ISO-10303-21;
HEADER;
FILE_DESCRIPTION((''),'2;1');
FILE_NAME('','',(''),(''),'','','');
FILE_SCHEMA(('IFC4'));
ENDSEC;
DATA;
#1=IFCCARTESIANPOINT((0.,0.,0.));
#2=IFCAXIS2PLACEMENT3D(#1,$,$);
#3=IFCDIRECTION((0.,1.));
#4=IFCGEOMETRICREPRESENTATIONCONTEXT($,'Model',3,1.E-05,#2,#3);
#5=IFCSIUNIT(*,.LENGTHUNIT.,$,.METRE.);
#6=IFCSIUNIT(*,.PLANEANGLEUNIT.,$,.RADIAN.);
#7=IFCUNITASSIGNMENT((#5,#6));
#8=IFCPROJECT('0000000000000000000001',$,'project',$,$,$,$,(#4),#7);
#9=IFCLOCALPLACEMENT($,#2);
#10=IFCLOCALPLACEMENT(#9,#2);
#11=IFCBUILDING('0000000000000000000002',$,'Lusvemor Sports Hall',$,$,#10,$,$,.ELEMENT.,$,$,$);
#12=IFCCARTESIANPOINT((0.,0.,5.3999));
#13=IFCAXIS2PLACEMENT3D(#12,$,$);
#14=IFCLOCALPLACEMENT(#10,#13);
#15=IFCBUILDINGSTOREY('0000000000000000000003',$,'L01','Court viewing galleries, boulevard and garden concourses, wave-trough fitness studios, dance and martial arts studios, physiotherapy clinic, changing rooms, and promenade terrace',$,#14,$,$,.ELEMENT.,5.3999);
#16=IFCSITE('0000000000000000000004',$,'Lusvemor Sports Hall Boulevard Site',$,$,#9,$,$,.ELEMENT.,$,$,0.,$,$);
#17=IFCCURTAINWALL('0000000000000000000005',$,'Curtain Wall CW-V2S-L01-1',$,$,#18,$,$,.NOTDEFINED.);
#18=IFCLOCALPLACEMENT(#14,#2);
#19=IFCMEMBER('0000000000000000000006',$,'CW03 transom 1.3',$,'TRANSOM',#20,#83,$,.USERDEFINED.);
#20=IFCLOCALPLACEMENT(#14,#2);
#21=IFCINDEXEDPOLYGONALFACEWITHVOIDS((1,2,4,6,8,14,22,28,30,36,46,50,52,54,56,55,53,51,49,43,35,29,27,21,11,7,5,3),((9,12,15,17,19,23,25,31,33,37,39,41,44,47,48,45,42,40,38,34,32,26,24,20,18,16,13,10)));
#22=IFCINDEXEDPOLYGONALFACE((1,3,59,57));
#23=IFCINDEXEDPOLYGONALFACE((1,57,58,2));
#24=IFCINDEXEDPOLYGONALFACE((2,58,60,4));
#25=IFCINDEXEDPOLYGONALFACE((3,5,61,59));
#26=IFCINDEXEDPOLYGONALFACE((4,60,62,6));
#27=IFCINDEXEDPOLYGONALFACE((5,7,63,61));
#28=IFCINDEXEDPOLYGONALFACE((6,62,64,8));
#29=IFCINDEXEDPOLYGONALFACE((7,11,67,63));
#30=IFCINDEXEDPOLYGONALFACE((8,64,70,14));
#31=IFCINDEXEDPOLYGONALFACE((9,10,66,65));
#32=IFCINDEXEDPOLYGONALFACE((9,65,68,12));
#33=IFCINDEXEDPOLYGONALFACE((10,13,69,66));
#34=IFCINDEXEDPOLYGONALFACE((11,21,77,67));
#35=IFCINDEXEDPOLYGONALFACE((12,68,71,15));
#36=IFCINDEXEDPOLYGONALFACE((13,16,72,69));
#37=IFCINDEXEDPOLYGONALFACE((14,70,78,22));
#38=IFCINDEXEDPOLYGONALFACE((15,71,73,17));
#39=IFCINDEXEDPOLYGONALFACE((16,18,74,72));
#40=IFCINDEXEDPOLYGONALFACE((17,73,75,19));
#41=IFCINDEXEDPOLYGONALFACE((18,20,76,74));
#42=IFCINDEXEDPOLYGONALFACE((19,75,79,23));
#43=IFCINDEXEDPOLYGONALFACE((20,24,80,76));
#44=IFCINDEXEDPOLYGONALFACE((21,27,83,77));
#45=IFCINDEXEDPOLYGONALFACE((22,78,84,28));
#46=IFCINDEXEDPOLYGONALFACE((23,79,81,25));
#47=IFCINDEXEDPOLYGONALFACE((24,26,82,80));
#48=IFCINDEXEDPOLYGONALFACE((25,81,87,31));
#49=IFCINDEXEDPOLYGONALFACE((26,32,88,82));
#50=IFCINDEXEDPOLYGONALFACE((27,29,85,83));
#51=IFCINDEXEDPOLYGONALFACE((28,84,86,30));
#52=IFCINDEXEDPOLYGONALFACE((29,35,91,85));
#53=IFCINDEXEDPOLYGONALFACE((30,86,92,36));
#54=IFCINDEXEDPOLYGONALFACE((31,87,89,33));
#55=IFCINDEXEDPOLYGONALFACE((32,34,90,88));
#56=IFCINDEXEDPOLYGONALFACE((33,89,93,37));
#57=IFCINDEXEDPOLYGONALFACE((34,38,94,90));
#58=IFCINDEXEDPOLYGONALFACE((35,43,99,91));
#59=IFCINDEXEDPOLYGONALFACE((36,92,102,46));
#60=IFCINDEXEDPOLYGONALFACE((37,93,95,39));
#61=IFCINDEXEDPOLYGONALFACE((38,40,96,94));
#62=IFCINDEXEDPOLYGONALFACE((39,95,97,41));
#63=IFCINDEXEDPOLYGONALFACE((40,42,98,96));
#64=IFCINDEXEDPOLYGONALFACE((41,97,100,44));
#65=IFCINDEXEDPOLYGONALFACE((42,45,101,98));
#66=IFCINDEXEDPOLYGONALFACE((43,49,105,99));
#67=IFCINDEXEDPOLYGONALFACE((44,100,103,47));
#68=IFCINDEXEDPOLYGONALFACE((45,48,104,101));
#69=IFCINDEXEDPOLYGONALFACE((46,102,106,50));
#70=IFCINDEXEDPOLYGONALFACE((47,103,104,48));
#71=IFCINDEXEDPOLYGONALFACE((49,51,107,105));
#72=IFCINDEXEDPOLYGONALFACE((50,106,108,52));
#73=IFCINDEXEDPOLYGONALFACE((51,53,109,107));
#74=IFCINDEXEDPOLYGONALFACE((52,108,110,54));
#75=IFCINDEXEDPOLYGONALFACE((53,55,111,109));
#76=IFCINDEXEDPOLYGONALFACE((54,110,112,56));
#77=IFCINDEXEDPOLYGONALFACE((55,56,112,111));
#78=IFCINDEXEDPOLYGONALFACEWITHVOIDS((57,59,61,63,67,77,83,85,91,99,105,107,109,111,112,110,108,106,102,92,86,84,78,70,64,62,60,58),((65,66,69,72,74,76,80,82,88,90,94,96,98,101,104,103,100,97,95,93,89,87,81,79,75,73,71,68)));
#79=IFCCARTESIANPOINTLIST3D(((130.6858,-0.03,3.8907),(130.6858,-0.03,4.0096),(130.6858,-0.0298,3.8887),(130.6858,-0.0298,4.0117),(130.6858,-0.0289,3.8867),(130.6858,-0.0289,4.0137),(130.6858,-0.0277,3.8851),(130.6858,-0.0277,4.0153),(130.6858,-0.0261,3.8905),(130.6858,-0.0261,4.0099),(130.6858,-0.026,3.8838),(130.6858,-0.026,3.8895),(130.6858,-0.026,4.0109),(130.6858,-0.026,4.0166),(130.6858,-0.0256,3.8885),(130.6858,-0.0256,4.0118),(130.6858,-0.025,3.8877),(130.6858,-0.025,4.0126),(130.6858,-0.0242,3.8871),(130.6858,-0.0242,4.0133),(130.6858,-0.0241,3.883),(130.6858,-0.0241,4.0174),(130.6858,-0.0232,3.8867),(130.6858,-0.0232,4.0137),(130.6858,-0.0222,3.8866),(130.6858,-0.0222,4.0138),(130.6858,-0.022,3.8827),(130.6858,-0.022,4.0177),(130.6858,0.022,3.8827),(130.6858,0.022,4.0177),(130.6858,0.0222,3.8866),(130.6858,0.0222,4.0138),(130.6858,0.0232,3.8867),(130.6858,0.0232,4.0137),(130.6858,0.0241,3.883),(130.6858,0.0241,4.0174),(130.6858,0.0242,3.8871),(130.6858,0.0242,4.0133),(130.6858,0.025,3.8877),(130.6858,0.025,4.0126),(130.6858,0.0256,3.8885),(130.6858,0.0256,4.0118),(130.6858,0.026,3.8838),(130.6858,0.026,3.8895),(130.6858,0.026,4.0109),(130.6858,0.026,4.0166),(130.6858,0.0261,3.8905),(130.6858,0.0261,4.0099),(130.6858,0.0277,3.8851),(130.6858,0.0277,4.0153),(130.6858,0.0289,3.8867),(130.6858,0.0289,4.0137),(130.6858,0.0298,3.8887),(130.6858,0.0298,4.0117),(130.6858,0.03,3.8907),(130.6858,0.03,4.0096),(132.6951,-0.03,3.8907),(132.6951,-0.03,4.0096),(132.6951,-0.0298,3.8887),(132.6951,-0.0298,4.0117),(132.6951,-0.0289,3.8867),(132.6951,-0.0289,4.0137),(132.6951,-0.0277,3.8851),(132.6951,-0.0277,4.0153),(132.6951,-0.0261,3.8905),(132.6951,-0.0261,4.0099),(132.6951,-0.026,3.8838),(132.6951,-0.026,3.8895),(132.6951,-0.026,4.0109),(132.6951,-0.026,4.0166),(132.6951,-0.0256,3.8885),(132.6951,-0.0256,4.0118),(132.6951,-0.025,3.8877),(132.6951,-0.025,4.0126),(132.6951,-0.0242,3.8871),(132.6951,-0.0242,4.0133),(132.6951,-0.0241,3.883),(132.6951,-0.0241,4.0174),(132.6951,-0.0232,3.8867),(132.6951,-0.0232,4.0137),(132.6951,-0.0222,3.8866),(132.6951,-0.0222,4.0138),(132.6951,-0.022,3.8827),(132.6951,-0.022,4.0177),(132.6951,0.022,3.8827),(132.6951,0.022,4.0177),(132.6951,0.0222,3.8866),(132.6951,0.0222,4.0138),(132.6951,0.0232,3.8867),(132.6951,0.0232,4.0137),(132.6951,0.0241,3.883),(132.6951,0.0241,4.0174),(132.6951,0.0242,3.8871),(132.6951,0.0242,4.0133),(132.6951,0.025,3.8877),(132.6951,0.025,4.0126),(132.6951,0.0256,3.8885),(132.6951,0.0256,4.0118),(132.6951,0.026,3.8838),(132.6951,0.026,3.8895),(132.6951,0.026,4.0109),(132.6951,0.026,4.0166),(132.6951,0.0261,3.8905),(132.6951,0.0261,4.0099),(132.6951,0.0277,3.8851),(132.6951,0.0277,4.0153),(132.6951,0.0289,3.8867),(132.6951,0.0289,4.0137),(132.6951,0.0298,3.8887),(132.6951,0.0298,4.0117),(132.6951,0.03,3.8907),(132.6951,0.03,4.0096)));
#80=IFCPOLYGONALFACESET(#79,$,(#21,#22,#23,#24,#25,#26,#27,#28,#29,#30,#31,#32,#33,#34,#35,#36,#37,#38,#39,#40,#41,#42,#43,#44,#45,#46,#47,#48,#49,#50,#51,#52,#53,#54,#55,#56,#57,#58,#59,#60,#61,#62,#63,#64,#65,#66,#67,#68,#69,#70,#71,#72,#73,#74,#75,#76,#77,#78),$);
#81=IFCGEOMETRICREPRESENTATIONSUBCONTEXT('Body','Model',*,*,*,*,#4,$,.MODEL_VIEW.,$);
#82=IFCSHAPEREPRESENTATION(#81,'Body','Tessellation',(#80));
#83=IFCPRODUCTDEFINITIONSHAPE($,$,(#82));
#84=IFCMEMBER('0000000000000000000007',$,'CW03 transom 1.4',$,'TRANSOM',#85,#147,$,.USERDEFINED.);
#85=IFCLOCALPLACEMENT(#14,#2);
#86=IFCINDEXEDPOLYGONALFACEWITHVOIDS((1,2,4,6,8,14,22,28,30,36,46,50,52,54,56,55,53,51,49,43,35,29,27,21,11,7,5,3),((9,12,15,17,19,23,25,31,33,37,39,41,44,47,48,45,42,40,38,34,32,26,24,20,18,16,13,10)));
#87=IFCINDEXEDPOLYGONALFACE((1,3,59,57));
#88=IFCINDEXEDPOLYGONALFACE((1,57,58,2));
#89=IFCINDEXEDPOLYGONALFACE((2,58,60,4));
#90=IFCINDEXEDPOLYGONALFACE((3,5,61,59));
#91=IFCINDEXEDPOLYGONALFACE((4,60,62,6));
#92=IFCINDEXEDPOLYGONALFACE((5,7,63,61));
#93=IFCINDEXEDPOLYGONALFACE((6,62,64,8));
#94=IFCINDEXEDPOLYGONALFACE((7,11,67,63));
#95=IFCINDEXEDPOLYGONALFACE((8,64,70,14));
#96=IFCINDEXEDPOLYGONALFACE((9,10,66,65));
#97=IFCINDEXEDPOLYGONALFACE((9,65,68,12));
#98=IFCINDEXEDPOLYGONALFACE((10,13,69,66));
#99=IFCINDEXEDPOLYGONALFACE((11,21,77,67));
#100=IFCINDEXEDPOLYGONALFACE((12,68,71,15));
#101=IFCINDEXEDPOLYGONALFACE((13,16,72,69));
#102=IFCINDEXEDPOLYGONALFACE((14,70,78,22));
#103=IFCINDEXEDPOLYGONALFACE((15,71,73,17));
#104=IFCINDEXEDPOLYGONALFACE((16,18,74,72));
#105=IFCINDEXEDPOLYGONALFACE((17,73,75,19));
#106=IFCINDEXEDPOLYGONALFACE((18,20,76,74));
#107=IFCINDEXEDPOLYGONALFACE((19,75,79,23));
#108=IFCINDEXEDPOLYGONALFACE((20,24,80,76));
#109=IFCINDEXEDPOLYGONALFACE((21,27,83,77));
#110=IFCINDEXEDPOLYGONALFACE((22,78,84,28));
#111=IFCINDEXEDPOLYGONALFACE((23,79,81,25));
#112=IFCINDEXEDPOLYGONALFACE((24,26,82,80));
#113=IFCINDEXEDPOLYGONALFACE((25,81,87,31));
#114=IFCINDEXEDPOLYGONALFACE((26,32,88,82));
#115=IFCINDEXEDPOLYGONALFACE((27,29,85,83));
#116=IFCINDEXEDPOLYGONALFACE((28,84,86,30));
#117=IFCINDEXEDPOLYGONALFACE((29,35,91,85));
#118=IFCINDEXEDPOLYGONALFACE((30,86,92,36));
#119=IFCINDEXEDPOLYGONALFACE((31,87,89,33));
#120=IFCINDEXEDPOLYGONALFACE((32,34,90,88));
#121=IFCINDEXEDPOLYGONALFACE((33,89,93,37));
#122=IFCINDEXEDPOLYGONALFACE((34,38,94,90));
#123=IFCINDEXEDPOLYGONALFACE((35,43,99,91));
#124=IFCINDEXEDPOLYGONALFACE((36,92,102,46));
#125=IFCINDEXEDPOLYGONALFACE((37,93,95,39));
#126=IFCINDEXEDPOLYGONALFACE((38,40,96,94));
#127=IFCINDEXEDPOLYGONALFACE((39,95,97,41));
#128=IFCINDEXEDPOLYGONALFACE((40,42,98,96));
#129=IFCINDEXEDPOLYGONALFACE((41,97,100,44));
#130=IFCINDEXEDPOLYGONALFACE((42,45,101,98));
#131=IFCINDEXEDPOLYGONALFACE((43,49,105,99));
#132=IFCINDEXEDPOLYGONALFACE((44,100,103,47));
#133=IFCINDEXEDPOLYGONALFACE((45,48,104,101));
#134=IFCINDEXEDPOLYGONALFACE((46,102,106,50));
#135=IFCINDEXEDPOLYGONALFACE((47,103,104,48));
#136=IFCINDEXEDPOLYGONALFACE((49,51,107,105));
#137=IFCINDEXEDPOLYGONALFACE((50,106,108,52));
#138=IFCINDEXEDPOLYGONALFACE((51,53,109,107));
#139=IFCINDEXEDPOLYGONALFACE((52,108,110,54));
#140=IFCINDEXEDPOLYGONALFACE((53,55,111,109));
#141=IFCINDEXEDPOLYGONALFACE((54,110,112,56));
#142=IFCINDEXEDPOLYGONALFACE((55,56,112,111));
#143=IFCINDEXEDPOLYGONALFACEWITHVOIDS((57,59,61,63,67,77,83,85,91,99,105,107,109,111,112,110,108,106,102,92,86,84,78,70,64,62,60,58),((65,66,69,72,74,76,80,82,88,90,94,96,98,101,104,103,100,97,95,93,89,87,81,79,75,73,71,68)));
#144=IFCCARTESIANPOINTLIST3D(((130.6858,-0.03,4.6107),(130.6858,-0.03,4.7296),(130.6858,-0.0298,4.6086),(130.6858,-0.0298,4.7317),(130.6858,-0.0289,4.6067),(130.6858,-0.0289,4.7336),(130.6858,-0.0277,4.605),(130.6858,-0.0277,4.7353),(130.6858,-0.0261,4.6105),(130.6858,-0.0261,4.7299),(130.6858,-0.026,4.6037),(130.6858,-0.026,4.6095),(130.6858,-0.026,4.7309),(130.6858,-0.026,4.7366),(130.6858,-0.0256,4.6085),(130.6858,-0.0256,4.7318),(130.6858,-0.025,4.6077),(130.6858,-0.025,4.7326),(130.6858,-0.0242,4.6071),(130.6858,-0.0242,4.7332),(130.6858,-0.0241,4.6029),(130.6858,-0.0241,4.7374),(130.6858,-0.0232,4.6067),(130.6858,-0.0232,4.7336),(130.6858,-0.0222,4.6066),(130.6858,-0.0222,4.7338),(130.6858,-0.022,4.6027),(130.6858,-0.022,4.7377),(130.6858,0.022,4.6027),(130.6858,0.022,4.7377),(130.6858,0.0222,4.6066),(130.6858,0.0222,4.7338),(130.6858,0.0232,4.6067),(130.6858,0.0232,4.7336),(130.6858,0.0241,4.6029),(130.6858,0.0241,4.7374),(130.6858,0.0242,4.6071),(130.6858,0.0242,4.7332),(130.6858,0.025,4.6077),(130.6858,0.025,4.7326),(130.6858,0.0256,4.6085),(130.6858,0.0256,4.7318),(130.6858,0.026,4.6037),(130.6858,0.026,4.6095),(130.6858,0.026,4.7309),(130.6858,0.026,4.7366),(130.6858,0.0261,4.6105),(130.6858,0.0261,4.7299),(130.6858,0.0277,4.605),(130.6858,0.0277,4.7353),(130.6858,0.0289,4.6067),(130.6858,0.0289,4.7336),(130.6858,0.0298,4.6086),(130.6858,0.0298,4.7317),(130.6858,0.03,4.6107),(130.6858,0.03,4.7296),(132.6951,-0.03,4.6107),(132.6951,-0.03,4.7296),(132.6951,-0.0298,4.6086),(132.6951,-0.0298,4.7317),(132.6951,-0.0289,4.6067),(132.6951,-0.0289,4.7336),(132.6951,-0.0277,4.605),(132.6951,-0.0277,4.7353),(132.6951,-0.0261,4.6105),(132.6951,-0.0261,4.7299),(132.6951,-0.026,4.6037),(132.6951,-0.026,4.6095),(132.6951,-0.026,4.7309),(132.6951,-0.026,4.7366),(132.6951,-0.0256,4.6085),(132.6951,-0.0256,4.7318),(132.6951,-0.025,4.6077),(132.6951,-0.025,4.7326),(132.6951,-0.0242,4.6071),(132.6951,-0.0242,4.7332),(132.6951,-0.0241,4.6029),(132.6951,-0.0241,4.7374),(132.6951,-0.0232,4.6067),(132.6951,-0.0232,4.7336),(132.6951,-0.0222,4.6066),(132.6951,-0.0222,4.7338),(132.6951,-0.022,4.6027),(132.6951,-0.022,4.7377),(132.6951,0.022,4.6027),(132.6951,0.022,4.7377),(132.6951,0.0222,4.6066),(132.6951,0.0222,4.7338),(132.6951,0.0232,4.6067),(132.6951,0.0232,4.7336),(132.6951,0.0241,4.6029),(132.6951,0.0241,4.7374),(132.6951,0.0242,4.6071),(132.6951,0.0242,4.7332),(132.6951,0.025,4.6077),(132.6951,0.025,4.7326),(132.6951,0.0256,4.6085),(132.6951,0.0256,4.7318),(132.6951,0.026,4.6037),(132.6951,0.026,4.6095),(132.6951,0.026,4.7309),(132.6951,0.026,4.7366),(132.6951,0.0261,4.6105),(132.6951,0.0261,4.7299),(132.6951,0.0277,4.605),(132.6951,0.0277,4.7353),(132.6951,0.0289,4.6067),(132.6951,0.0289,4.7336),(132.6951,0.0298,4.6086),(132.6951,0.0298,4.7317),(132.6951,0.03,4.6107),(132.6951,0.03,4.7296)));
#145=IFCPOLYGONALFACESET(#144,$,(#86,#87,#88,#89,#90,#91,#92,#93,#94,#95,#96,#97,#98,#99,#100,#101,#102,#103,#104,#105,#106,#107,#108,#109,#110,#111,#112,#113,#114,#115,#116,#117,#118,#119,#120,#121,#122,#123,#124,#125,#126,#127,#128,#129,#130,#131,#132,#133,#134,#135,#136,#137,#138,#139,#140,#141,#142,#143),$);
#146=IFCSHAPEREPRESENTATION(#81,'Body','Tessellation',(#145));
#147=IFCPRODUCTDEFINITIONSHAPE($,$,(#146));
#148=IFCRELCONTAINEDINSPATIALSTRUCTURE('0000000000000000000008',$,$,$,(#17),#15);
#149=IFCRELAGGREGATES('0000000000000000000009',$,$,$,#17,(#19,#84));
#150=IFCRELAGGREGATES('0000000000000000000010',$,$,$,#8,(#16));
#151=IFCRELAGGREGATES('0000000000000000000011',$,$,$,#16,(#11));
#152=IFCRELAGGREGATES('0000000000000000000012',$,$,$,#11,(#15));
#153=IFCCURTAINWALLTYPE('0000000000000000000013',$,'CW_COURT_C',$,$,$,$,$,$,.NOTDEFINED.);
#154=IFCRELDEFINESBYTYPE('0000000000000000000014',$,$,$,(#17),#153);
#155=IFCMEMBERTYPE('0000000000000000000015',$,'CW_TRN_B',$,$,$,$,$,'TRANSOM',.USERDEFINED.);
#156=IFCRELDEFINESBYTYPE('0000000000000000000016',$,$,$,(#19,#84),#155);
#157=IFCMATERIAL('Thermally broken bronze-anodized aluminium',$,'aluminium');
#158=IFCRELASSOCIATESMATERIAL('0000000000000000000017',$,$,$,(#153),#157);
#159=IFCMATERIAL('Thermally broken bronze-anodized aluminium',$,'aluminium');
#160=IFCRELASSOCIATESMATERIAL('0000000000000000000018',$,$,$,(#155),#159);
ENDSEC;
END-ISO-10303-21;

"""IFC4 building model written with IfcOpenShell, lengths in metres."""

from ifc_helpers import new_model, si_unit, direction, frame, origin, origin_2d, place, context, subcontext, project, spatial, hollow_rectangle, extrude, material, material_profile, profile_set, type_object, element, aggregate, save


model = new_model("IFC4")

# Units and contexts
model_context = context("Model", 3, precision=1e-05, world=origin(), true_north=direction((0.0, 1.0)))
body_context = subcontext(model_context, "Body", "Model", "MODEL_VIEW")
ifc_project = project(units=[si_unit("LENGTHUNIT", "METRE"), si_unit("PLANEANGLEUNIT", "RADIAN")], contexts=[model_context])

# Site, building, storey
site_placement = place(None, origin())
site = spatial("IfcSite", under=ifc_project, at=site_placement, Name="Lusvemor Sports Hall Boulevard Site", CompositionType="ELEMENT", RefElevation=0.0)
building_placement = place(site_placement, origin())
building = spatial("IfcBuilding", under=site, at=building_placement, Name="Lusvemor Sports Hall", CompositionType="ELEMENT")
storey_placement = place(building_placement, frame((0.0, 0.0, 5.3999)))
storey = spatial("IfcBuildingStorey", under=building, at=storey_placement, Name="L01", Description="Court viewing galleries, boulevard and garden concourses, wave-trough fitness studios, dance and martial arts studios, physiotherapy clinic, changing rooms, and promenade terrace", CompositionType="ELEMENT", Elevation=5.3999)

# Curtain wall, members
ifc_material_1 = material(Name="Thermally broken bronze-anodized aluminium", Category="aluminium")
curtain_wall_type = type_object("IfcCurtainWallType", Name="CW_COURT_C", PredefinedType="NOTDEFINED", material=ifc_material_1)
curtain_wall_placement = place(storey_placement, origin())
curtain_wall = element("IfcCurtainWall", 1, at=curtain_wall_placement, inside=storey, type_object=curtain_wall_type, Name="Curtain Wall CW-V2S-L01-1", PredefinedType="NOTDEFINED")
ifc_material_2 = material(Name="Thermally broken bronze-anodized aluminium", Category="aluminium")
ifc_material_profile_1 = material_profile(ifc_material_2, hollow_rectangle(XDim=0.0601, YDim=0.135, WallThickness=0.0039, InnerFilletRadius=0.0039, OuterFilletRadius=0.0081, at=origin_2d()), Name="CWTRN135x60x4")
ifc_profile_set_1 = profile_set([ifc_material_profile_1], Name="Thermally broken bronze-anodized aluminium")
member_type_1 = type_object("IfcMemberType", Name="CW_TRN_B", ElementType="TRANSOM", PredefinedType="USERDEFINED", material=ifc_profile_set_1)
member_1_placement = place(storey_placement, frame((132.6951, 0.0, 3.9502), z_axis=(-1.0, 0.0, 0.0), x_axis=(0.0, -1.0, 0.0)))
member_1 = element("IfcMember", 2, at=member_1_placement, type_object=member_type_1, Name="CW03 transom 1.3", ObjectType="TRANSOM", PredefinedType="USERDEFINED", context=body_context, shape_type="SweptSolid", body=[
    extrude(hollow_rectangle(XDim=0.0601, YDim=0.135, WallThickness=0.0039, InnerFilletRadius=0.0039, OuterFilletRadius=0.0081, at=origin_2d()), origin(), (0.0, 0.0, 1.0), 2.0093),
])
member_2_placement = place(storey_placement, frame((132.6951, 0.0, 4.6702), z_axis=(-1.0, 0.0, 0.0), x_axis=(0.0, -1.0, 0.0)))
member_2 = element("IfcMember", 3, at=member_2_placement, type_object=member_type_1, Name="CW03 transom 1.4", ObjectType="TRANSOM", PredefinedType="USERDEFINED", context=body_context, shape_type="SweptSolid", body=[
    extrude(hollow_rectangle(XDim=0.0601, YDim=0.135, WallThickness=0.0039, InnerFilletRadius=0.0039, OuterFilletRadius=0.0081, at=origin_2d()), origin(), (0.0, 0.0, 1.0), 2.0093),
])

aggregate(curtain_wall, [member_1, member_2])

save(model, "model.ifc")
